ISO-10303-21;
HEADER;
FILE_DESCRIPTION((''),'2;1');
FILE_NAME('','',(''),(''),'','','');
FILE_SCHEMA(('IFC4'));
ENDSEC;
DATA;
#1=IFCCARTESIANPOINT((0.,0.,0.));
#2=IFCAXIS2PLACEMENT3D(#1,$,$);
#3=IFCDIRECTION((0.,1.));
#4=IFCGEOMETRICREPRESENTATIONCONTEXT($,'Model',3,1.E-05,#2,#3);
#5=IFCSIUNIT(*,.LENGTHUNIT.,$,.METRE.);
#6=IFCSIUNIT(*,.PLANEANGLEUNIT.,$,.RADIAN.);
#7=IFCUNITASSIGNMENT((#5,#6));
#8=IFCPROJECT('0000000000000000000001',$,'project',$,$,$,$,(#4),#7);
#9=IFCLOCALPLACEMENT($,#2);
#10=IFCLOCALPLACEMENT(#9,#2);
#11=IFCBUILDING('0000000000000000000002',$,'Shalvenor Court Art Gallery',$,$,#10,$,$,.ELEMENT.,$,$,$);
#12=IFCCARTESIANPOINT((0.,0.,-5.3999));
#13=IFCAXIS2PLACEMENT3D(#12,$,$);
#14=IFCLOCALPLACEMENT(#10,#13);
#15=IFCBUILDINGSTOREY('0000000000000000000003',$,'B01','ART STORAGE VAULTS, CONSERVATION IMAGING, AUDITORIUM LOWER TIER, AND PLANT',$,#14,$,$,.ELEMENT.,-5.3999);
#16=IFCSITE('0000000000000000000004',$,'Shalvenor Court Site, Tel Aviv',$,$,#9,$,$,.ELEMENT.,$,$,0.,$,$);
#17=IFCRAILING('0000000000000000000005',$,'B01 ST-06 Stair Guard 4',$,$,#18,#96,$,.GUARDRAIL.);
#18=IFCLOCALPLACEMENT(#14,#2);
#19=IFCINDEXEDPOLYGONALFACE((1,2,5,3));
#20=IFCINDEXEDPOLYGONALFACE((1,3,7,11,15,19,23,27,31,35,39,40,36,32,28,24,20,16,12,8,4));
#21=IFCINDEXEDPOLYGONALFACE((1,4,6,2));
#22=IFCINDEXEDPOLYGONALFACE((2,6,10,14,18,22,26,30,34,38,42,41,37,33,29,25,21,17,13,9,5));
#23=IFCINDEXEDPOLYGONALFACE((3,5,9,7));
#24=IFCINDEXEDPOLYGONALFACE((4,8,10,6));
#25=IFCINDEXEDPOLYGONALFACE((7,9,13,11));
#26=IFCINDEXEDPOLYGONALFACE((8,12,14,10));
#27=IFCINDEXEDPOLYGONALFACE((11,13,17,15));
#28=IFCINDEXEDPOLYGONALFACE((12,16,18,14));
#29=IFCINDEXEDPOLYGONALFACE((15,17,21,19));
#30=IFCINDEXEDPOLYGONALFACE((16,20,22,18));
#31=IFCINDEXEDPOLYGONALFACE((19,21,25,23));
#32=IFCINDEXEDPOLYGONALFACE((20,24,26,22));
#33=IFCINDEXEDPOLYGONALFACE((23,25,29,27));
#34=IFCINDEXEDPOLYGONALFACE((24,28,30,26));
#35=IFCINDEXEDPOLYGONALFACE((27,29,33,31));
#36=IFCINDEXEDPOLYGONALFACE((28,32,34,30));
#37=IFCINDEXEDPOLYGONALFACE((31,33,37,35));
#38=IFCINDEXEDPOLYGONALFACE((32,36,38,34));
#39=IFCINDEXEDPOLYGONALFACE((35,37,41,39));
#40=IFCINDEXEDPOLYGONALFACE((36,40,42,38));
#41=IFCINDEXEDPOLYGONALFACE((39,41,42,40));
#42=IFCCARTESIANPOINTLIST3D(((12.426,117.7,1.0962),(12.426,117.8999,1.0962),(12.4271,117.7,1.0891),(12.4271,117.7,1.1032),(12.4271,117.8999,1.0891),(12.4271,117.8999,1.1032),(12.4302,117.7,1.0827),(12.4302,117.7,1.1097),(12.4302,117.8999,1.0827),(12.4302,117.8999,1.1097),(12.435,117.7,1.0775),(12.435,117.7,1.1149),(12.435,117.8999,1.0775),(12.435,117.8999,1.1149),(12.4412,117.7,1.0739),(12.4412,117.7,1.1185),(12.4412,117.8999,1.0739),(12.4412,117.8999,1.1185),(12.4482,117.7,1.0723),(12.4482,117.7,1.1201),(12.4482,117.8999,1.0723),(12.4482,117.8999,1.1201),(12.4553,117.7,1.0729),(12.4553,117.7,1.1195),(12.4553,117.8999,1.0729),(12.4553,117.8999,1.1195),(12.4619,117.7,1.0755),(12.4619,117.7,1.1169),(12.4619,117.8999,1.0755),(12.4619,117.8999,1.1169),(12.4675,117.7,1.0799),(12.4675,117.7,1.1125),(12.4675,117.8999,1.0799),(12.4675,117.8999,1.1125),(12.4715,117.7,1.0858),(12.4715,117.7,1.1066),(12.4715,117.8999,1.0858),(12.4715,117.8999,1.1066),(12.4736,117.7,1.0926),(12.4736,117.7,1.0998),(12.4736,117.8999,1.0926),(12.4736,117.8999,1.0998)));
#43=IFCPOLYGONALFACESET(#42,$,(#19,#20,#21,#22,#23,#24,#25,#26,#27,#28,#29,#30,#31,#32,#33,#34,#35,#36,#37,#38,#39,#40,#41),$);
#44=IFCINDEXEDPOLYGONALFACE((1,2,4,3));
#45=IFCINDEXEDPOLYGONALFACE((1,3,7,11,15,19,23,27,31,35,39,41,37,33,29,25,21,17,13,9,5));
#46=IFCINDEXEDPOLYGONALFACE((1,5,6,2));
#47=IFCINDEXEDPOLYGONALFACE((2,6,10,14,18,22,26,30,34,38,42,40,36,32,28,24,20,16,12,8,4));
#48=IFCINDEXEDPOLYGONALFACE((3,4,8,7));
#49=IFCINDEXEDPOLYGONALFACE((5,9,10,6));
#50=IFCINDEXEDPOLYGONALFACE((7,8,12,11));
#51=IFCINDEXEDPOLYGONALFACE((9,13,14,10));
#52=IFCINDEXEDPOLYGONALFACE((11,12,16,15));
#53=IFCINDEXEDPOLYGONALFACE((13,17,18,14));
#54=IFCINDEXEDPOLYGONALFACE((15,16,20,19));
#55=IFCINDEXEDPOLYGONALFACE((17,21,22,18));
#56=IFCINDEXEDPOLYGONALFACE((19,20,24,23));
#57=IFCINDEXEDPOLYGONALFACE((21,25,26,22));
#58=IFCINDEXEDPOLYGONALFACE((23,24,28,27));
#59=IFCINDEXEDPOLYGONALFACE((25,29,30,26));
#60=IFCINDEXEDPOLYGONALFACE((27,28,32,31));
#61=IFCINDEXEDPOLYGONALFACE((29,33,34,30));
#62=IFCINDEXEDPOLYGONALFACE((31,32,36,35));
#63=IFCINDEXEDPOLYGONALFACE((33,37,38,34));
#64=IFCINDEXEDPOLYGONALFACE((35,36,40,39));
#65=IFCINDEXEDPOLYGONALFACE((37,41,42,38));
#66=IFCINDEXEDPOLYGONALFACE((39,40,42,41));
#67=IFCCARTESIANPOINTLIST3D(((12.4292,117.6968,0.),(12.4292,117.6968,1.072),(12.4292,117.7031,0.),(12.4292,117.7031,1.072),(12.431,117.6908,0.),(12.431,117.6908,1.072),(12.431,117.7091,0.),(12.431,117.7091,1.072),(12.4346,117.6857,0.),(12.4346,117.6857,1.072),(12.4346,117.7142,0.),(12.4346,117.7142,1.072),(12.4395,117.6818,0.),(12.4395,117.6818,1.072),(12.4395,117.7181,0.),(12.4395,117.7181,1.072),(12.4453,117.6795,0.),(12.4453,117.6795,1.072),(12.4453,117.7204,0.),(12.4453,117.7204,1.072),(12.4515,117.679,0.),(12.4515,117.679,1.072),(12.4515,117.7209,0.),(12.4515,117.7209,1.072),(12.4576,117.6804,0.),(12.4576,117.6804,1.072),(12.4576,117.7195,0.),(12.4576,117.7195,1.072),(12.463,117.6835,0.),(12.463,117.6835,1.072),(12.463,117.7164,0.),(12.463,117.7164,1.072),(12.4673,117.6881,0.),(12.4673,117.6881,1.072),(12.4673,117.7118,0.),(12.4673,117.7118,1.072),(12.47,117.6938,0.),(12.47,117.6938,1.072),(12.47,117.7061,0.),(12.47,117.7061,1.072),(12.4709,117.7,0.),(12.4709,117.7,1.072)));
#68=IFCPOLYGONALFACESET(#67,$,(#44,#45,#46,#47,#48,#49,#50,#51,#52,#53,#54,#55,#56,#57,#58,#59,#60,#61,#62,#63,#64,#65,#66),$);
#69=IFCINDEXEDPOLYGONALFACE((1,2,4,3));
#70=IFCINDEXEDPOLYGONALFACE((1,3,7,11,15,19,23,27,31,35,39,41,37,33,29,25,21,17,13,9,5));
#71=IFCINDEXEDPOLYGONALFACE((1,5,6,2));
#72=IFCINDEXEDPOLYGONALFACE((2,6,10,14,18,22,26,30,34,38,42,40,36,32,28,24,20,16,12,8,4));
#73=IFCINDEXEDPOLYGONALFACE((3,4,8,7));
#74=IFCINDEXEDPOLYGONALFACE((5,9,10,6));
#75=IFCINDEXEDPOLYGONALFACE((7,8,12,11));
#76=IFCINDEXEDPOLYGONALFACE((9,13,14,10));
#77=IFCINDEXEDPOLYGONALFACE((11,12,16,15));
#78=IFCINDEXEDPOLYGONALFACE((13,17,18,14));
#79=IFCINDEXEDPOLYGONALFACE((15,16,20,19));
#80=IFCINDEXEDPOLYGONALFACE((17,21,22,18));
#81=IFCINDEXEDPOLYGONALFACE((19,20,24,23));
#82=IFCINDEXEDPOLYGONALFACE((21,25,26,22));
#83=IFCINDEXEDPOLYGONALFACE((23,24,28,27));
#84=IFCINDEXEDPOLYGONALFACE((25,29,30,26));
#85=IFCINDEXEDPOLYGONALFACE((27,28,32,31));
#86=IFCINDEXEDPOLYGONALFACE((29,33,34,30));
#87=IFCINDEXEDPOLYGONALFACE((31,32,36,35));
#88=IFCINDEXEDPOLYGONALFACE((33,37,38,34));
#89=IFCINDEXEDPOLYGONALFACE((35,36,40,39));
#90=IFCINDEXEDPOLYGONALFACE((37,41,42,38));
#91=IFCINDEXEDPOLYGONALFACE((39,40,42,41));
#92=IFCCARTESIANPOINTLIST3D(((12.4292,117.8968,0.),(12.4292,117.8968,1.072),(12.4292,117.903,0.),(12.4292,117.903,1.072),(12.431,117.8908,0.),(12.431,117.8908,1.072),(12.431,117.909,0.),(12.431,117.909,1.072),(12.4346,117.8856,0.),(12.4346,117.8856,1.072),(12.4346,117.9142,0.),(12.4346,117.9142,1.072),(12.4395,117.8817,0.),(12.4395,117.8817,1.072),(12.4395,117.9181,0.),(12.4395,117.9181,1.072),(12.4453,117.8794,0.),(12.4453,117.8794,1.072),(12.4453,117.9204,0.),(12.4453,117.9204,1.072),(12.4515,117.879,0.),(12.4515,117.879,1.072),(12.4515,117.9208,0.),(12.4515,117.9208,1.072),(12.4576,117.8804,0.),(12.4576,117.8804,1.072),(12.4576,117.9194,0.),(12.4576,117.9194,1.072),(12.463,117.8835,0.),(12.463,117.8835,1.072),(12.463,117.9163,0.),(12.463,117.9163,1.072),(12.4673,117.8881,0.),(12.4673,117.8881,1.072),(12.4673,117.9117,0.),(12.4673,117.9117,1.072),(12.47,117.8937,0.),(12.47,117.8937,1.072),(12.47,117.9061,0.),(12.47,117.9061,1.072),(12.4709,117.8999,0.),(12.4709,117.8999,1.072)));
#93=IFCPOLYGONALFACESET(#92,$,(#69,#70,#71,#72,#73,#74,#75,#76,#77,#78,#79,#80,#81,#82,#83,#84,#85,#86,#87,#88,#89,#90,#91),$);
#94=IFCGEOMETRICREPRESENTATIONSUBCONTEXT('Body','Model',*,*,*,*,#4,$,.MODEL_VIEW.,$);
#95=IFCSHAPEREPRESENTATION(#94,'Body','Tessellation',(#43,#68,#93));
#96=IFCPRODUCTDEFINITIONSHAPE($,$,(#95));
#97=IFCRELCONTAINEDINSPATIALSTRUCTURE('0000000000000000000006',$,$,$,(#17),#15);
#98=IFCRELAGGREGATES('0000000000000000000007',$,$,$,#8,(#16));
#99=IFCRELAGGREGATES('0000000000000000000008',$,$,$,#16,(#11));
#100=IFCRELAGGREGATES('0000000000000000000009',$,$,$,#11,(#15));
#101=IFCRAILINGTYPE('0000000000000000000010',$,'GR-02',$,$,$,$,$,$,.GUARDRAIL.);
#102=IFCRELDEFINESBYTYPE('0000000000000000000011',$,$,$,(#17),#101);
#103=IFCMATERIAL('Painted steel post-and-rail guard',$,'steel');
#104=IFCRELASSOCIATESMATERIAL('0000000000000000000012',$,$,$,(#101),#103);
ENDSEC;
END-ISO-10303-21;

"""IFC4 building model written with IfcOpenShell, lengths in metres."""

from ifc_helpers import new_model, si_unit, direction, frame, origin, origin_2d, place, context, subcontext, project, spatial, circle, extrude, material, type_object, element, save


model = new_model("IFC4")

# Units and contexts
model_context = context("Model", 3, precision=1e-05, world=origin(), true_north=direction((0.0, 1.0)))
body_context = subcontext(model_context, "Body", "Model", "MODEL_VIEW")
ifc_project = project(units=[si_unit("LENGTHUNIT", "METRE"), si_unit("PLANEANGLEUNIT", "RADIAN")], contexts=[model_context])

# Site, building, storey
site_placement = place(None, origin())
site = spatial("IfcSite", under=ifc_project, at=site_placement, Name="Shalvenor Court Site, Tel Aviv", CompositionType="ELEMENT", RefElevation=0.0)
building_placement = place(site_placement, origin())
building = spatial("IfcBuilding", under=site, at=building_placement, Name="Shalvenor Court Art Gallery", CompositionType="ELEMENT")
storey_placement = place(building_placement, frame((0.0, 0.0, -5.3999)))
storey = spatial("IfcBuildingStorey", under=building, at=storey_placement, Name="B01", Description="ART STORAGE VAULTS, CONSERVATION IMAGING, AUDITORIUM LOWER TIER, AND PLANT", CompositionType="ELEMENT", Elevation=-5.3999)

# Railing
ifc_material_1 = material(Name="Painted steel post-and-rail guard", Category="steel")
railing_type_1 = type_object("IfcRailingType", Name="GR-02", PredefinedType="GUARDRAIL", material=ifc_material_1)
railing_1_placement = place(storey_placement, frame((12.45, 117.7, 0.0)))
element("IfcRailing", 1, at=railing_1_placement, inside=storey, type_object=railing_type_1, Name="B01 ST-06 Stair Guard 4", PredefinedType="GUARDRAIL", context=body_context, shape_type="SweptSolid", body=[
    extrude(circle(Radius=0.0239, at=origin_2d()), frame((0.0, 0.0, 1.0962), z_axis=(0.0, 1.0, 0.0), x_axis=(-1.0, 0.0, 0.0)), (0.0, 0.0, 1.0), 0.2),
    extrude(circle(Radius=0.021, at=origin_2d()), origin(), (0.0, 0.0, 1.0), 1.072),
    extrude(circle(Radius=0.021, at=origin_2d()), frame((0.0, 0.2, 0.0)), (0.0, 0.0, 1.0), 1.072),
])

save(model, "model.ifc")
